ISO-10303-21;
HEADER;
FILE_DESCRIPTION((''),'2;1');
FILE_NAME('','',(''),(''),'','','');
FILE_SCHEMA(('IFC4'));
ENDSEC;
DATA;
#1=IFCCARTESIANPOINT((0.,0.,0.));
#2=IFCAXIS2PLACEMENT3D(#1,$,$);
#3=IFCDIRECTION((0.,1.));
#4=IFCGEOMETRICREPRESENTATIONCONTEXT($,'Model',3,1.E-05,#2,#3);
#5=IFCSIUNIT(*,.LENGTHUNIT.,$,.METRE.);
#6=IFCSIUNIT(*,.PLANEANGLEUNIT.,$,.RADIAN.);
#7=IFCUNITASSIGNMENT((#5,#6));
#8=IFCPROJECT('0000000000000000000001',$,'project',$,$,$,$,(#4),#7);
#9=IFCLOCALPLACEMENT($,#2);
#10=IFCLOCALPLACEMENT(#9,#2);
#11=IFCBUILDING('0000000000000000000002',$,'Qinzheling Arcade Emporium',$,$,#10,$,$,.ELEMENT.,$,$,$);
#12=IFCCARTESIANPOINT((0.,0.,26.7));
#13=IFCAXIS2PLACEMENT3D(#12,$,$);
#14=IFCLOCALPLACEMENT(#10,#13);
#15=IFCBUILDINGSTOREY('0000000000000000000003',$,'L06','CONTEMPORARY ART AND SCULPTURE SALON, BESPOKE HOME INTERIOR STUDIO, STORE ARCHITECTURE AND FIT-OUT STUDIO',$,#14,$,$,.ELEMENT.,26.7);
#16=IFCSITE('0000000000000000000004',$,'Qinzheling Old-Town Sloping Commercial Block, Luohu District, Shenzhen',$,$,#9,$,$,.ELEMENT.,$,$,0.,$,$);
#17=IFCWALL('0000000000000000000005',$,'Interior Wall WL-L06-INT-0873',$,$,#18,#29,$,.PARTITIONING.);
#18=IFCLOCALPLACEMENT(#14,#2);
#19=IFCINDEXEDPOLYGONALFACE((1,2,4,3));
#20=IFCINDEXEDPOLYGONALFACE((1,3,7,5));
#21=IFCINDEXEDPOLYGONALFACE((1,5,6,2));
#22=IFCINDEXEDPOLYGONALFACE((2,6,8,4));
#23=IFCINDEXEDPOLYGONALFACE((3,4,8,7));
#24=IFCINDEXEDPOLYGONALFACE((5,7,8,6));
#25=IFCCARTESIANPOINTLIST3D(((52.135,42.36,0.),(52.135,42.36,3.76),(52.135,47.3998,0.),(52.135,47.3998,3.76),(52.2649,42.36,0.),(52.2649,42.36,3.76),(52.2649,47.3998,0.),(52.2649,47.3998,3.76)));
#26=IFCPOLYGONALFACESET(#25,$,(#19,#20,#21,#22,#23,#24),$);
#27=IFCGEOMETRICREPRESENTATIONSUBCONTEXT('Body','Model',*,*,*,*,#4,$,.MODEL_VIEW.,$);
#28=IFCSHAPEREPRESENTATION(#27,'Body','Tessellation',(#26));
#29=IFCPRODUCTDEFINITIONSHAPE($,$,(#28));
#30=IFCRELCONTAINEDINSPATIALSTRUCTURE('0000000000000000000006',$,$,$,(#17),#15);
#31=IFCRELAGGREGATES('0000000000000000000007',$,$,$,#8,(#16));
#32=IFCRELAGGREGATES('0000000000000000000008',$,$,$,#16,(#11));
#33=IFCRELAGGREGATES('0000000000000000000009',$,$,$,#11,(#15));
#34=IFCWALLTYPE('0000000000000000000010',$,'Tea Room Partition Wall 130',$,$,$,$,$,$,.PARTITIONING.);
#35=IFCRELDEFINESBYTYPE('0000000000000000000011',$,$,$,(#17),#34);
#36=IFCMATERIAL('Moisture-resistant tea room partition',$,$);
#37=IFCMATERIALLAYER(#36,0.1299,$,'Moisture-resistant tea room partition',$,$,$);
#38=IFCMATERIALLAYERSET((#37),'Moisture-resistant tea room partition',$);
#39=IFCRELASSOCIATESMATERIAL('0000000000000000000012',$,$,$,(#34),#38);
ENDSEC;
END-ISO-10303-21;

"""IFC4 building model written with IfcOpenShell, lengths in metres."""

from ifc_helpers import new_model, si_unit, direction, frame, frame_2d, origin, place, context, subcontext, project, spatial, rectangle, extrude, material, layer, layer_set, type_object, element, save


model = new_model("IFC4")

# Units and contexts
model_context = context("Model", 3, precision=1e-05, world=origin(), true_north=direction((0.0, 1.0)))
body_context = subcontext(model_context, "Body", "Model", "MODEL_VIEW")
ifc_project = project(units=[si_unit("LENGTHUNIT", "METRE"), si_unit("PLANEANGLEUNIT", "RADIAN")], contexts=[model_context])

# Site, building, storey
site_placement = place(None, origin())
site = spatial("IfcSite", under=ifc_project, at=site_placement, Name="Qinzheling Old-Town Sloping Commercial Block, Luohu District, Shenzhen", CompositionType="ELEMENT", RefElevation=0.0)
building_placement = place(site_placement, origin())
building = spatial("IfcBuilding", under=site, at=building_placement, Name="Qinzheling Arcade Emporium", CompositionType="ELEMENT")
storey_placement = place(building_placement, frame((0.0, 0.0, 26.7)))
storey = spatial("IfcBuildingStorey", under=building, at=storey_placement, Name="L06", Description="CONTEMPORARY ART AND SCULPTURE SALON, BESPOKE HOME INTERIOR STUDIO, STORE ARCHITECTURE AND FIT-OUT STUDIO", CompositionType="ELEMENT", Elevation=26.7)

# Wall
ifc_material_1 = material(Name="Moisture-resistant tea room partition")
ifc_layer_1 = layer(ifc_material_1, 0.1299, Name="Moisture-resistant tea room partition")
ifc_layer_set_1 = layer_set([ifc_layer_1], Name="Moisture-resistant tea room partition")
wall_type_1 = type_object("IfcWallType", Name="Tea Room Partition Wall 130", PredefinedType="PARTITIONING", material=ifc_layer_set_1)
wall_1_placement = place(storey_placement, frame((52.2, 47.3999, 0.0), z_axis=(0.0, 0.0, 1.0), x_axis=(0.0, -1.0, 0.0)))
element("IfcWall", 1, at=wall_1_placement, inside=storey, type_object=wall_type_1, Name="Interior Wall WL-L06-INT-0873", PredefinedType="PARTITIONING", context=body_context, shape_type="SweptSolid", body=[
    extrude(rectangle(XDim=5.0398, YDim=0.1299, at=frame_2d((2.52, 0.0))), origin(), (0.0, 0.0, 1.0), 3.76),
])

save(model, "model.ifc")
